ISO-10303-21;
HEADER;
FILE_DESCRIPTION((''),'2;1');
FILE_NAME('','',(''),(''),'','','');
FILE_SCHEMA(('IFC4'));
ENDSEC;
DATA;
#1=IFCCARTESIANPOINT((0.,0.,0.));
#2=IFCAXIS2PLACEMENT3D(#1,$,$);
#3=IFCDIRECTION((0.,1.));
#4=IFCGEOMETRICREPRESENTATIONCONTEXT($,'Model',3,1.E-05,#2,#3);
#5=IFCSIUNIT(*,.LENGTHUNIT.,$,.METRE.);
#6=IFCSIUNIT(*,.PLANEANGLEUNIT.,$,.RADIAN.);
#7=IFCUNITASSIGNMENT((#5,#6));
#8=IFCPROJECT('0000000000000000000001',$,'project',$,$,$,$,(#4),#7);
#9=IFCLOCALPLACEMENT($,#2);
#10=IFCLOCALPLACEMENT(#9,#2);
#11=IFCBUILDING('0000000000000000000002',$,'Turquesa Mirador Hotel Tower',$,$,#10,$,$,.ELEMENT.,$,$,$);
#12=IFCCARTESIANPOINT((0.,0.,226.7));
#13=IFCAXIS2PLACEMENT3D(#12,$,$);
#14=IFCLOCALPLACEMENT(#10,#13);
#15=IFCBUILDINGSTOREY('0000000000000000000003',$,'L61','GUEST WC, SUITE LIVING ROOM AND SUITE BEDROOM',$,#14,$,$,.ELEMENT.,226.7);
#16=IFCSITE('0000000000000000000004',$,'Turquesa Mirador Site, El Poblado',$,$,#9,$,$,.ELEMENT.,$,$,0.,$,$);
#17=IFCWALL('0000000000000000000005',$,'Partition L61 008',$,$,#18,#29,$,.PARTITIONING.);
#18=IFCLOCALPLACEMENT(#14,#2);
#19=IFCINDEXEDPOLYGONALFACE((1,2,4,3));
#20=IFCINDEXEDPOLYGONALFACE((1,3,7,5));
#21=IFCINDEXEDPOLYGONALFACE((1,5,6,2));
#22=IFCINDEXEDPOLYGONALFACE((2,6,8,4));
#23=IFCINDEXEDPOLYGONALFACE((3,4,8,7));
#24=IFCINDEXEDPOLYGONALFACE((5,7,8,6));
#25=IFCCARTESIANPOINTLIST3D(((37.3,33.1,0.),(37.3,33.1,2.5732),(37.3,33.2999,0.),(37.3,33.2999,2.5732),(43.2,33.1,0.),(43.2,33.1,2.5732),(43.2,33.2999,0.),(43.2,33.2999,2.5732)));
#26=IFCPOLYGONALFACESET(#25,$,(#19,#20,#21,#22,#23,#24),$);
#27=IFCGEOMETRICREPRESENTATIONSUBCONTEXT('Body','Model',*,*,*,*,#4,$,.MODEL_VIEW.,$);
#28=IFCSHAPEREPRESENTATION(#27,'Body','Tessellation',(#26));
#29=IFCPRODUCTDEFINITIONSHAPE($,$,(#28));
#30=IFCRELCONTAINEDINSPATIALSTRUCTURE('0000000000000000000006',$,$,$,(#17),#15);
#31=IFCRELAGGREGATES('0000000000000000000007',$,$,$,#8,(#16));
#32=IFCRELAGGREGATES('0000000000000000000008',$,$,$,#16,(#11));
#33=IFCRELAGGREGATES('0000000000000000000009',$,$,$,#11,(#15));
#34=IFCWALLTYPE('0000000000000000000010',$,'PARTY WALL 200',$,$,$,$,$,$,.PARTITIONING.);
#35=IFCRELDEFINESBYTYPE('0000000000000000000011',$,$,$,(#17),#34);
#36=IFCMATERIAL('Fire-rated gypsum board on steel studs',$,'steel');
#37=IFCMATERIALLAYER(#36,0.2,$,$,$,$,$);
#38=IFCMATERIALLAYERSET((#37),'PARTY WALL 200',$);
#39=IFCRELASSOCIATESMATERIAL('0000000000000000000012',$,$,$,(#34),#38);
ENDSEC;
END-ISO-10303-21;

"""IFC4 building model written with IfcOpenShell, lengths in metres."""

from ifc_helpers import new_model, si_unit, direction, frame, frame_2d, origin, place, context, subcontext, project, spatial, rectangle, extrude, material, layer, layer_set, type_object, element, save


model = new_model("IFC4")

# Units and contexts
model_context = context("Model", 3, precision=1e-05, world=origin(), true_north=direction((0.0, 1.0)))
body_context = subcontext(model_context, "Body", "Model", "MODEL_VIEW")
ifc_project = project(units=[si_unit("LENGTHUNIT", "METRE"), si_unit("PLANEANGLEUNIT", "RADIAN")], contexts=[model_context])

# Site, building, storey
site_placement = place(None, origin())
site = spatial("IfcSite", under=ifc_project, at=site_placement, Name="Turquesa Mirador Site, El Poblado", CompositionType="ELEMENT", RefElevation=0.0)
building_placement = place(site_placement, origin())
building = spatial("IfcBuilding", under=site, at=building_placement, Name="Turquesa Mirador Hotel Tower", CompositionType="ELEMENT")
storey_placement = place(building_placement, frame((0.0, 0.0, 226.7)))
storey = spatial("IfcBuildingStorey", under=building, at=storey_placement, Name="L61", Description="GUEST WC, SUITE LIVING ROOM AND SUITE BEDROOM", CompositionType="ELEMENT", Elevation=226.7)

# Wall
ifc_material_1 = material(Name="Fire-rated gypsum board on steel studs", Category="steel")
ifc_layer_1 = layer(ifc_material_1, 0.2)
ifc_layer_set_1 = layer_set([ifc_layer_1], Name="PARTY WALL 200")
wall_type_1 = type_object("IfcWallType", Name="PARTY WALL 200", PredefinedType="PARTITIONING", material=ifc_layer_set_1)
wall_placement = place(storey_placement, frame((37.3, 33.2, 0.0), z_axis=(0.0, 0.0, 1.0), x_axis=(1.0, 0.0, 0.0)))
element("IfcWall", 1, at=wall_placement, inside=storey, type_object=wall_type_1, Name="Partition L61 008", PredefinedType="PARTITIONING", context=body_context, shape_type="SweptSolid", body=[
    extrude(rectangle(XDim=5.8999, YDim=0.2, at=frame_2d((2.95, 0.0))), origin(), (0.0, 0.0, 1.0), 2.5732),
])

save(model, "model.ifc")
